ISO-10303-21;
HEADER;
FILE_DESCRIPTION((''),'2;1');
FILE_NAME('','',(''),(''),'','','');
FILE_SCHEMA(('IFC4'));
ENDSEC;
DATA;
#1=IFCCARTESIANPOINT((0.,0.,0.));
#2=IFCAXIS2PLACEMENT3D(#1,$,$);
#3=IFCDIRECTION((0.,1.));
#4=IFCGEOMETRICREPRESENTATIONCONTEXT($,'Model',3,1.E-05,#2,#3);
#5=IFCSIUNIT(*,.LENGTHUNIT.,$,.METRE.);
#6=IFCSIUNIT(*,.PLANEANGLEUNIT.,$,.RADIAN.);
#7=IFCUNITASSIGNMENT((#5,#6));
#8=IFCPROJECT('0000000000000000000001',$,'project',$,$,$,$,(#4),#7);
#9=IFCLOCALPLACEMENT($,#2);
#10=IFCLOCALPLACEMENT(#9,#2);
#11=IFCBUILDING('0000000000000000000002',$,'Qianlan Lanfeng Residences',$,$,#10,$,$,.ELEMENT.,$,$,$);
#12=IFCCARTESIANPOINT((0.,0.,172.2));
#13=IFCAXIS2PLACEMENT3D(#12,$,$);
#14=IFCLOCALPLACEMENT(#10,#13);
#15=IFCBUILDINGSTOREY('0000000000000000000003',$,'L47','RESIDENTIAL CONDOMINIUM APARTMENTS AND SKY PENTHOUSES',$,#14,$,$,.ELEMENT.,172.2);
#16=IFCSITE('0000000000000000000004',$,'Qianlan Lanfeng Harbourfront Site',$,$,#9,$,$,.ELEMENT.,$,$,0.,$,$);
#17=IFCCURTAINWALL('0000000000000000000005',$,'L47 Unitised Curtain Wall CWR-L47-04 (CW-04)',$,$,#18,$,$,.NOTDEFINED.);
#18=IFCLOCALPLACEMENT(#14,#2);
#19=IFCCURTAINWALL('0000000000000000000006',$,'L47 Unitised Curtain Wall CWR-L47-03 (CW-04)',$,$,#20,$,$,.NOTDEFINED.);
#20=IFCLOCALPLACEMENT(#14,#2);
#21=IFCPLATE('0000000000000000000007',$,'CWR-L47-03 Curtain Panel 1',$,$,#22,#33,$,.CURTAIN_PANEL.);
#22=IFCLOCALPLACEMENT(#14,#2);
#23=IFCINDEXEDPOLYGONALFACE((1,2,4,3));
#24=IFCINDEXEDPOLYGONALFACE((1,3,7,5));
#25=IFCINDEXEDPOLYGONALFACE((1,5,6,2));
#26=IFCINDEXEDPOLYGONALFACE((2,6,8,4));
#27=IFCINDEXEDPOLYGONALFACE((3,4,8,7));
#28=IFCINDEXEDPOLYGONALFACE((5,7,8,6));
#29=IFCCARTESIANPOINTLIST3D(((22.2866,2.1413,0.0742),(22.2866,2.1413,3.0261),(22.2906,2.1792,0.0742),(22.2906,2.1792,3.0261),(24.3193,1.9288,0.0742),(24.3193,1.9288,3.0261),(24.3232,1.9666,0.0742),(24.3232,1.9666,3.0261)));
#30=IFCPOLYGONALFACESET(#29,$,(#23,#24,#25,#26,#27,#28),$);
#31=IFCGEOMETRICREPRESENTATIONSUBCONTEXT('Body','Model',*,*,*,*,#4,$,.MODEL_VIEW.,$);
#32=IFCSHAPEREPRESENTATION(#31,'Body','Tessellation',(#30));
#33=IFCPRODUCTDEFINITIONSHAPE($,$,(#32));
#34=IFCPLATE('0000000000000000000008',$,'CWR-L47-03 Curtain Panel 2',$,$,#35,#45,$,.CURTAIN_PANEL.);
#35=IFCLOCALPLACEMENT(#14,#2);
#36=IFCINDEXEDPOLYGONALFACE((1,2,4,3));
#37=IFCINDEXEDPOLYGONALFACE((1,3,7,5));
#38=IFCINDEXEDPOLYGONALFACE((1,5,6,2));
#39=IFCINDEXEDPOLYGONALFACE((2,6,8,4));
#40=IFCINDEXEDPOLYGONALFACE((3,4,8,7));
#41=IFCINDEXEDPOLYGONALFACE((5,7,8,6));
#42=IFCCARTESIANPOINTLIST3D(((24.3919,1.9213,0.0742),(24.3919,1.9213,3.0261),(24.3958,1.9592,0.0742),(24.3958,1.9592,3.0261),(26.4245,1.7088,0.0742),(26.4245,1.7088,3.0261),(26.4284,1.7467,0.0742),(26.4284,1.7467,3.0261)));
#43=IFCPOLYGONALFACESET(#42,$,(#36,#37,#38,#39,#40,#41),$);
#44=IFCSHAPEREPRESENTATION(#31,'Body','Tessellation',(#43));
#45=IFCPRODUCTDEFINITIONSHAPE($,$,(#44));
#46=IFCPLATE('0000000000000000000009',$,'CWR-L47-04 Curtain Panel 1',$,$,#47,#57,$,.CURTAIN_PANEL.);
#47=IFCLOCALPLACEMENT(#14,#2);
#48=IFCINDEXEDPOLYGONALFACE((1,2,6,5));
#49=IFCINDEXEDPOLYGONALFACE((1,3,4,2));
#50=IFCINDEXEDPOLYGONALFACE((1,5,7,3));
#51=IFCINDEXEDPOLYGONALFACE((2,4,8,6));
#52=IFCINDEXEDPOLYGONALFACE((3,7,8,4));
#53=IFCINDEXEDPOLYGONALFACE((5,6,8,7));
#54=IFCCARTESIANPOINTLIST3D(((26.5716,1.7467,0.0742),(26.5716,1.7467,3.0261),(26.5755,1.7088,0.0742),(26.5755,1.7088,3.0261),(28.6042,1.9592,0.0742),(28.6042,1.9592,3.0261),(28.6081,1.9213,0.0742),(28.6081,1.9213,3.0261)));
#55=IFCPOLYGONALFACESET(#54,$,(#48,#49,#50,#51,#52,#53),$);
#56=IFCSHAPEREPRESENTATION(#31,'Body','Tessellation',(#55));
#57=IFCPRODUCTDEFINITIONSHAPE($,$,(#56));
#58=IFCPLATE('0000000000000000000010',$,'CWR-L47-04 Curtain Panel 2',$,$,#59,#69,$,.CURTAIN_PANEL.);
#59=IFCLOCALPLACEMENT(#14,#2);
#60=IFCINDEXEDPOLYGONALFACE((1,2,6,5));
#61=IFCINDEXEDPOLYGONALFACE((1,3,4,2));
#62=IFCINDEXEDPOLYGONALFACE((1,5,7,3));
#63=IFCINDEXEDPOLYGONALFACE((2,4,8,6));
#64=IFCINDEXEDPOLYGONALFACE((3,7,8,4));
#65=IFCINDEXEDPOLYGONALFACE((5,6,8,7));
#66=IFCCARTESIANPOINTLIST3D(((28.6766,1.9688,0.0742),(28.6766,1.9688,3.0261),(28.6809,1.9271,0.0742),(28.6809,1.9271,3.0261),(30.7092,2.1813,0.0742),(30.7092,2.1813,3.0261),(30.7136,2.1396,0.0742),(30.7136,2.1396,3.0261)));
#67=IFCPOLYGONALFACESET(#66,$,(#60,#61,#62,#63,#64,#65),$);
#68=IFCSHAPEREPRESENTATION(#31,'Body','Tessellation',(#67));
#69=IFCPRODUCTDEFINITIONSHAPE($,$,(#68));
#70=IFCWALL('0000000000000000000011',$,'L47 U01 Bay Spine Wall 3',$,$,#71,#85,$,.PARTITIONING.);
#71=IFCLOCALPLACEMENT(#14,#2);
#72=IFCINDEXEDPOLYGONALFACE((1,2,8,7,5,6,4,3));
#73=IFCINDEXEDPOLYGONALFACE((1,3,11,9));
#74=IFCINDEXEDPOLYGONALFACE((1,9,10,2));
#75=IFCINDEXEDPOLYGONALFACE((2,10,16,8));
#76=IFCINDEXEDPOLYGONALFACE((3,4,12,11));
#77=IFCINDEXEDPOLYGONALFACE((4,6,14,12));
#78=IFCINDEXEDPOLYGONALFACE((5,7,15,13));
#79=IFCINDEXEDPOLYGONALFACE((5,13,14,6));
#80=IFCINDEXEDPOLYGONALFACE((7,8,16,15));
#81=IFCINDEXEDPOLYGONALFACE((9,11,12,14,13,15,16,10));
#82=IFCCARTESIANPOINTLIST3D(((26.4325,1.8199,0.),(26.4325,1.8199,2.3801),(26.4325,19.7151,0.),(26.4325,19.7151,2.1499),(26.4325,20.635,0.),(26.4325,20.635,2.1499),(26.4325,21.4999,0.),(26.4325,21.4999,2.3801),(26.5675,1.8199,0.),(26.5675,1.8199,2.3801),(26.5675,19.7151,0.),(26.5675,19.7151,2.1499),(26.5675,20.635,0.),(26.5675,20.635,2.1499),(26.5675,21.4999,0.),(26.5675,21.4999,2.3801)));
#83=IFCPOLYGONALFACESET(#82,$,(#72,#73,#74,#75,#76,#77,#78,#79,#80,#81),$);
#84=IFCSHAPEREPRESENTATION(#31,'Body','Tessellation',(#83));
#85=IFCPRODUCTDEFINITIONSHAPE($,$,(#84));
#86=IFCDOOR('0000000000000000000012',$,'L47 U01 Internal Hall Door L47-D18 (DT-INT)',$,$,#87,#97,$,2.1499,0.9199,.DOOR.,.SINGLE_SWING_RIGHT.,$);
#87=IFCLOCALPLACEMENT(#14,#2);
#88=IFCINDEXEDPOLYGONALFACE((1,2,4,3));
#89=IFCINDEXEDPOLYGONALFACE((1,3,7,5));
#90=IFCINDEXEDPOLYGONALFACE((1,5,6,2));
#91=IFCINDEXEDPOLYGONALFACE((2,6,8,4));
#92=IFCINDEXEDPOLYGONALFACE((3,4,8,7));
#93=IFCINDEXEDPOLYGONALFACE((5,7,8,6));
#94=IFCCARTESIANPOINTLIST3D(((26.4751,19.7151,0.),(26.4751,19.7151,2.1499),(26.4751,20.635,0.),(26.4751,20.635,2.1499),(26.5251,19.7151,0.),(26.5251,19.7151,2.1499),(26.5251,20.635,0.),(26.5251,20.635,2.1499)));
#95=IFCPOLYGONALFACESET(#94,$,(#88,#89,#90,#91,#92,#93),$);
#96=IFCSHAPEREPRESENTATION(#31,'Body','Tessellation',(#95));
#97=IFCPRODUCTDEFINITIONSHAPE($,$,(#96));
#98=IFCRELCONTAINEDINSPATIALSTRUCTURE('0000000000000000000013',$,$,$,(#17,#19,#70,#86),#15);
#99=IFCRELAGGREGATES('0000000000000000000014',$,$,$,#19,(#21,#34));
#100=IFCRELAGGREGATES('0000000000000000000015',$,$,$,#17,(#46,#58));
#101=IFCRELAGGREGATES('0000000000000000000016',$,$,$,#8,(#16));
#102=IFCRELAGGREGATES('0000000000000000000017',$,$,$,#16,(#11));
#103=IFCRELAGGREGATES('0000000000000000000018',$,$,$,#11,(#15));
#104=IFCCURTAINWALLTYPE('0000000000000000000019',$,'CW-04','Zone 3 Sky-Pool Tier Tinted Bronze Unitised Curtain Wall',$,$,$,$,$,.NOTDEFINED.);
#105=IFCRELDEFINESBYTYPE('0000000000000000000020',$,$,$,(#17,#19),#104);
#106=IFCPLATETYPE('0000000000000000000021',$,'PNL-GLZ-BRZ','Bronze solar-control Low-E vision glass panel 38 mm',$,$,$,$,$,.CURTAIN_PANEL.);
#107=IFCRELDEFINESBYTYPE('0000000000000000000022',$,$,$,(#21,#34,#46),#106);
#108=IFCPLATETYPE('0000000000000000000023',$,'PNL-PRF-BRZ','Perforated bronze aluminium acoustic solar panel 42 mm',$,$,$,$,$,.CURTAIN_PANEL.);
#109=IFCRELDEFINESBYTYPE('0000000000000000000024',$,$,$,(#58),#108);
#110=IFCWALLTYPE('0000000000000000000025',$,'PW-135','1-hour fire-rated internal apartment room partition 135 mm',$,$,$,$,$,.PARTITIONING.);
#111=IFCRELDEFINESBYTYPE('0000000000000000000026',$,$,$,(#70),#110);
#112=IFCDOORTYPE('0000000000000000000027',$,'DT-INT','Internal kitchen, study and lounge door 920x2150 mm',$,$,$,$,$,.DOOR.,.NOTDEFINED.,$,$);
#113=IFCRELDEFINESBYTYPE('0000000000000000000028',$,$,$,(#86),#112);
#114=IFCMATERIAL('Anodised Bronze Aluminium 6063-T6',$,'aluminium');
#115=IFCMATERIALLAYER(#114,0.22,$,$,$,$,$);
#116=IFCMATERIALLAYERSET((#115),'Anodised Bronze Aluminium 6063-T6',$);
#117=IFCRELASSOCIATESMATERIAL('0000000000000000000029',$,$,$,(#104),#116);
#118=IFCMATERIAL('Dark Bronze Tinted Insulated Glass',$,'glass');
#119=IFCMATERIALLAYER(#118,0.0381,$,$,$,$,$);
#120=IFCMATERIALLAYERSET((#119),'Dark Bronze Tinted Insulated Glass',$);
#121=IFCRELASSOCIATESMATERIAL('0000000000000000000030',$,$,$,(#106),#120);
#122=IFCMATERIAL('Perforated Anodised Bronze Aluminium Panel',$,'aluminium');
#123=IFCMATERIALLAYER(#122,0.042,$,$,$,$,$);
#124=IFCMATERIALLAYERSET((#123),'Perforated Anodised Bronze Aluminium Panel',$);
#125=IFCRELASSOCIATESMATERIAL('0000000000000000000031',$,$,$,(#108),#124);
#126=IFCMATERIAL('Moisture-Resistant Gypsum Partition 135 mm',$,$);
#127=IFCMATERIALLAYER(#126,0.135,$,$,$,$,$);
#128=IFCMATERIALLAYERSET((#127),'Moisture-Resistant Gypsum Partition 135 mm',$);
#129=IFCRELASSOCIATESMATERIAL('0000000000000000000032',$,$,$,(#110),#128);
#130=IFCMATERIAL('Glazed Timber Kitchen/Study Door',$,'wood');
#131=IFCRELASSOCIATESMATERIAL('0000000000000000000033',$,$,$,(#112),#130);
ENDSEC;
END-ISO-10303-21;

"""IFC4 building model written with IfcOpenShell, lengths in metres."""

from ifc_helpers import new_model, si_unit, direction, frame, frame_2d, origin, origin_2d, place, context, subcontext, project, spatial, rectangle, extrude, source, transform, mapped, material, layer, layer_set, type_object, element, fill, aggregate, save


model = new_model("IFC4")

# Units and contexts
model_context = context("Model", 3, precision=1e-05, world=origin(), true_north=direction((0.0, 1.0)))
body_context = subcontext(model_context, "Body", "Model", "MODEL_VIEW")
ifc_project = project(units=[si_unit("LENGTHUNIT", "METRE"), si_unit("PLANEANGLEUNIT", "RADIAN")], contexts=[model_context])

# Site, building, storey
site_placement = place(None, origin())
site = spatial("IfcSite", under=ifc_project, at=site_placement, Name="Qianlan Lanfeng Harbourfront Site", CompositionType="ELEMENT", RefElevation=0.0)
building_placement = place(site_placement, origin())
building = spatial("IfcBuilding", under=site, at=building_placement, Name="Qianlan Lanfeng Residences", CompositionType="ELEMENT")
storey_placement = place(building_placement, frame((0.0, 0.0, 172.2)))
storey = spatial("IfcBuildingStorey", under=building, at=storey_placement, Name="L47", Description="RESIDENTIAL CONDOMINIUM APARTMENTS AND SKY PENTHOUSES", CompositionType="ELEMENT", Elevation=172.2)

# Curtain walls
ifc_material_1 = material(Name="Anodised Bronze Aluminium 6063-T6", Category="aluminium")
ifc_layer_1 = layer(ifc_material_1, 0.22)
ifc_layer_set_1 = layer_set([ifc_layer_1], Name="Anodised Bronze Aluminium 6063-T6")
curtain_wall_type = type_object("IfcCurtainWallType", Name="CW-04", Description="Zone 3 Sky-Pool Tier Tinted Bronze Unitised Curtain Wall", PredefinedType="NOTDEFINED", material=ifc_layer_set_1)
curtain_wall_1_placement = place(storey_placement, origin())
curtain_wall_1 = element("IfcCurtainWall", 1, at=curtain_wall_1_placement, inside=storey, type_object=curtain_wall_type, Name="L47 Unitised Curtain Wall CWR-L47-04 (CW-04)", PredefinedType="NOTDEFINED")
curtain_wall_2_placement = place(storey_placement, origin())
curtain_wall_2 = element("IfcCurtainWall", 2, at=curtain_wall_2_placement, inside=storey, type_object=curtain_wall_type, Name="L47 Unitised Curtain Wall CWR-L47-03 (CW-04)", PredefinedType="NOTDEFINED")

# Plates
ifc_material_2 = material(Name="Dark Bronze Tinted Insulated Glass", Category="glass")
ifc_layer_2 = layer(ifc_material_2, 0.0381)
ifc_layer_set_2 = layer_set([ifc_layer_2], Name="Dark Bronze Tinted Insulated Glass")
plate_type_1 = type_object("IfcPlateType", Name="PNL-GLZ-BRZ", Description="Bronze solar-control Low-E vision glass panel 38 mm", PredefinedType="CURTAIN_PANEL", material=ifc_layer_set_2)
shared_shape_1 = source(origin(), body_context, "Body", "SweptSolid", [
    extrude(rectangle(XDim=2.0437, YDim=0.0381, at=origin_2d()), origin(), (0.0, 0.0, 1.0), 2.9519),
])
plate_1_placement = place(storey_placement, frame((23.3049, 2.054, 0.0742), z_axis=(0.0, 0.0, 1.0), x_axis=(0.994579, -0.103983, 0.0)))
plate_1 = element("IfcPlate", 3, at=plate_1_placement, type_object=plate_type_1, Name="CWR-L47-03 Curtain Panel 1", PredefinedType="CURTAIN_PANEL", context=body_context, shape_type="MappedRepresentation", body=[
    mapped(shared_shape_1, transform((0.0, 0.0, 0.0), scale=1.0)),
])
plate_2_placement = place(storey_placement, frame((25.4102, 1.834, 0.0742), z_axis=(0.0, 0.0, 1.0), x_axis=(0.994579, -0.103983, 0.0)))
plate_2 = element("IfcPlate", 4, at=plate_2_placement, type_object=plate_type_1, Name="CWR-L47-03 Curtain Panel 2", PredefinedType="CURTAIN_PANEL", context=body_context, shape_type="MappedRepresentation", body=[
    mapped(shared_shape_1, transform((0.0, 0.0, 0.0), scale=1.0)),
])
aggregate(curtain_wall_2, [plate_1, plate_2])
plate_3_placement = place(storey_placement, frame((27.5898, 1.834, 0.0742), z_axis=(0.0, 0.0, 1.0), x_axis=(0.994579, 0.103983, 0.0)))
plate_3 = element("IfcPlate", 5, at=plate_3_placement, type_object=plate_type_1, Name="CWR-L47-04 Curtain Panel 1", PredefinedType="CURTAIN_PANEL", context=body_context, shape_type="MappedRepresentation", body=[
    mapped(shared_shape_1, transform((0.0, 0.0, 0.0), scale=1.0)),
])
ifc_material_3 = material(Name="Perforated Anodised Bronze Aluminium Panel", Category="aluminium")
ifc_layer_3 = layer(ifc_material_3, 0.042)
ifc_layer_set_3 = layer_set([ifc_layer_3], Name="Perforated Anodised Bronze Aluminium Panel")
plate_type_2 = type_object("IfcPlateType", Name="PNL-PRF-BRZ", Description="Perforated bronze aluminium acoustic solar panel 42 mm", PredefinedType="CURTAIN_PANEL", material=ifc_layer_set_3)
shared_shape_2 = source(origin(), body_context, "Body", "SweptSolid", [
    extrude(rectangle(XDim=2.0437, YDim=0.042, at=origin_2d()), origin(), (0.0, 0.0, 1.0), 2.9519),
])
plate_4_placement = place(storey_placement, frame((29.6951, 2.0542, 0.0742), z_axis=(0.0, 0.0, 1.0), x_axis=(0.994579, 0.103983, 0.0)))
plate_4 = element("IfcPlate", 6, at=plate_4_placement, type_object=plate_type_2, Name="CWR-L47-04 Curtain Panel 2", PredefinedType="CURTAIN_PANEL", context=body_context, shape_type="MappedRepresentation", body=[
    mapped(shared_shape_2, transform((0.0, 0.0, 0.0), scale=1.0)),
])
aggregate(curtain_wall_1, [plate_3, plate_4])

# Wall, opening, door
ifc_material_4 = material(Name="Moisture-Resistant Gypsum Partition 135 mm")
ifc_layer_4 = layer(ifc_material_4, 0.135)
ifc_layer_set_4 = layer_set([ifc_layer_4], Name="Moisture-Resistant Gypsum Partition 135 mm")
wall_type = type_object("IfcWallType", Name="PW-135", Description="1-hour fire-rated internal apartment room partition 135 mm", PredefinedType="PARTITIONING", material=ifc_layer_set_4)
wall_placement = place(storey_placement, frame((26.5, 1.8201, 0.0), z_axis=(0.0, 0.0, 1.0), x_axis=(0.0, 1.0, 0.0)))
wall = element("IfcWall", 7, at=wall_placement, inside=storey, type_object=wall_type, Name="L47 U01 Bay Spine Wall 3", PredefinedType="PARTITIONING", context=body_context, shape_type="SweptSolid", body=[
    extrude(rectangle(XDim=19.6799, YDim=0.135, at=frame_2d((9.8398, 0.0))), origin(), (0.0, 0.0, 1.0), 2.3801),
])
opening_placement = place(wall_placement, frame((17.895, 0.0, 0.0)))
opening = element("IfcOpeningElement", 8, at=opening_placement, cuts=wall, PredefinedType="OPENING", context=body_context, shape_type="SweptSolid", body=[
    extrude(rectangle(XDim=0.9199, YDim=2.1499, at=frame_2d((0.46, 1.075))), frame((0.0, 0.0776, 0.0), z_axis=(0.0, -1.0, 0.0), x_axis=(1.0, 0.0, 0.0)), (0.0, 0.0, 1.0), 0.155),
])
ifc_material_5 = material(Name="Glazed Timber Kitchen/Study Door", Category="wood")
door_type = type_object("IfcDoorType", Name="DT-INT", Description="Internal kitchen, study and lounge door 920x2150 mm", OperationType="NOTDEFINED", PredefinedType="DOOR", material=ifc_material_5)
door_placement = place(opening_placement, origin())
door = element("IfcDoor", 9, at=door_placement, inside=storey, type_object=door_type, Name="L47 U01 Internal Hall Door L47-D18 (DT-INT)", OperationType="SINGLE_SWING_RIGHT", OverallHeight=2.1499, OverallWidth=0.9199, PredefinedType="DOOR", context=body_context, shape_type="SweptSolid", body=[
    extrude(rectangle(XDim=0.9199, YDim=2.1499, at=frame_2d((0.46, 1.075))), frame((0.0, 0.0249, 0.0), z_axis=(0.0, -1.0, 0.0), x_axis=(1.0, 0.0, 0.0)), (0.0, 0.0, 1.0), 0.05),
])
fill(opening, door)

save(model, "model.ifc")
